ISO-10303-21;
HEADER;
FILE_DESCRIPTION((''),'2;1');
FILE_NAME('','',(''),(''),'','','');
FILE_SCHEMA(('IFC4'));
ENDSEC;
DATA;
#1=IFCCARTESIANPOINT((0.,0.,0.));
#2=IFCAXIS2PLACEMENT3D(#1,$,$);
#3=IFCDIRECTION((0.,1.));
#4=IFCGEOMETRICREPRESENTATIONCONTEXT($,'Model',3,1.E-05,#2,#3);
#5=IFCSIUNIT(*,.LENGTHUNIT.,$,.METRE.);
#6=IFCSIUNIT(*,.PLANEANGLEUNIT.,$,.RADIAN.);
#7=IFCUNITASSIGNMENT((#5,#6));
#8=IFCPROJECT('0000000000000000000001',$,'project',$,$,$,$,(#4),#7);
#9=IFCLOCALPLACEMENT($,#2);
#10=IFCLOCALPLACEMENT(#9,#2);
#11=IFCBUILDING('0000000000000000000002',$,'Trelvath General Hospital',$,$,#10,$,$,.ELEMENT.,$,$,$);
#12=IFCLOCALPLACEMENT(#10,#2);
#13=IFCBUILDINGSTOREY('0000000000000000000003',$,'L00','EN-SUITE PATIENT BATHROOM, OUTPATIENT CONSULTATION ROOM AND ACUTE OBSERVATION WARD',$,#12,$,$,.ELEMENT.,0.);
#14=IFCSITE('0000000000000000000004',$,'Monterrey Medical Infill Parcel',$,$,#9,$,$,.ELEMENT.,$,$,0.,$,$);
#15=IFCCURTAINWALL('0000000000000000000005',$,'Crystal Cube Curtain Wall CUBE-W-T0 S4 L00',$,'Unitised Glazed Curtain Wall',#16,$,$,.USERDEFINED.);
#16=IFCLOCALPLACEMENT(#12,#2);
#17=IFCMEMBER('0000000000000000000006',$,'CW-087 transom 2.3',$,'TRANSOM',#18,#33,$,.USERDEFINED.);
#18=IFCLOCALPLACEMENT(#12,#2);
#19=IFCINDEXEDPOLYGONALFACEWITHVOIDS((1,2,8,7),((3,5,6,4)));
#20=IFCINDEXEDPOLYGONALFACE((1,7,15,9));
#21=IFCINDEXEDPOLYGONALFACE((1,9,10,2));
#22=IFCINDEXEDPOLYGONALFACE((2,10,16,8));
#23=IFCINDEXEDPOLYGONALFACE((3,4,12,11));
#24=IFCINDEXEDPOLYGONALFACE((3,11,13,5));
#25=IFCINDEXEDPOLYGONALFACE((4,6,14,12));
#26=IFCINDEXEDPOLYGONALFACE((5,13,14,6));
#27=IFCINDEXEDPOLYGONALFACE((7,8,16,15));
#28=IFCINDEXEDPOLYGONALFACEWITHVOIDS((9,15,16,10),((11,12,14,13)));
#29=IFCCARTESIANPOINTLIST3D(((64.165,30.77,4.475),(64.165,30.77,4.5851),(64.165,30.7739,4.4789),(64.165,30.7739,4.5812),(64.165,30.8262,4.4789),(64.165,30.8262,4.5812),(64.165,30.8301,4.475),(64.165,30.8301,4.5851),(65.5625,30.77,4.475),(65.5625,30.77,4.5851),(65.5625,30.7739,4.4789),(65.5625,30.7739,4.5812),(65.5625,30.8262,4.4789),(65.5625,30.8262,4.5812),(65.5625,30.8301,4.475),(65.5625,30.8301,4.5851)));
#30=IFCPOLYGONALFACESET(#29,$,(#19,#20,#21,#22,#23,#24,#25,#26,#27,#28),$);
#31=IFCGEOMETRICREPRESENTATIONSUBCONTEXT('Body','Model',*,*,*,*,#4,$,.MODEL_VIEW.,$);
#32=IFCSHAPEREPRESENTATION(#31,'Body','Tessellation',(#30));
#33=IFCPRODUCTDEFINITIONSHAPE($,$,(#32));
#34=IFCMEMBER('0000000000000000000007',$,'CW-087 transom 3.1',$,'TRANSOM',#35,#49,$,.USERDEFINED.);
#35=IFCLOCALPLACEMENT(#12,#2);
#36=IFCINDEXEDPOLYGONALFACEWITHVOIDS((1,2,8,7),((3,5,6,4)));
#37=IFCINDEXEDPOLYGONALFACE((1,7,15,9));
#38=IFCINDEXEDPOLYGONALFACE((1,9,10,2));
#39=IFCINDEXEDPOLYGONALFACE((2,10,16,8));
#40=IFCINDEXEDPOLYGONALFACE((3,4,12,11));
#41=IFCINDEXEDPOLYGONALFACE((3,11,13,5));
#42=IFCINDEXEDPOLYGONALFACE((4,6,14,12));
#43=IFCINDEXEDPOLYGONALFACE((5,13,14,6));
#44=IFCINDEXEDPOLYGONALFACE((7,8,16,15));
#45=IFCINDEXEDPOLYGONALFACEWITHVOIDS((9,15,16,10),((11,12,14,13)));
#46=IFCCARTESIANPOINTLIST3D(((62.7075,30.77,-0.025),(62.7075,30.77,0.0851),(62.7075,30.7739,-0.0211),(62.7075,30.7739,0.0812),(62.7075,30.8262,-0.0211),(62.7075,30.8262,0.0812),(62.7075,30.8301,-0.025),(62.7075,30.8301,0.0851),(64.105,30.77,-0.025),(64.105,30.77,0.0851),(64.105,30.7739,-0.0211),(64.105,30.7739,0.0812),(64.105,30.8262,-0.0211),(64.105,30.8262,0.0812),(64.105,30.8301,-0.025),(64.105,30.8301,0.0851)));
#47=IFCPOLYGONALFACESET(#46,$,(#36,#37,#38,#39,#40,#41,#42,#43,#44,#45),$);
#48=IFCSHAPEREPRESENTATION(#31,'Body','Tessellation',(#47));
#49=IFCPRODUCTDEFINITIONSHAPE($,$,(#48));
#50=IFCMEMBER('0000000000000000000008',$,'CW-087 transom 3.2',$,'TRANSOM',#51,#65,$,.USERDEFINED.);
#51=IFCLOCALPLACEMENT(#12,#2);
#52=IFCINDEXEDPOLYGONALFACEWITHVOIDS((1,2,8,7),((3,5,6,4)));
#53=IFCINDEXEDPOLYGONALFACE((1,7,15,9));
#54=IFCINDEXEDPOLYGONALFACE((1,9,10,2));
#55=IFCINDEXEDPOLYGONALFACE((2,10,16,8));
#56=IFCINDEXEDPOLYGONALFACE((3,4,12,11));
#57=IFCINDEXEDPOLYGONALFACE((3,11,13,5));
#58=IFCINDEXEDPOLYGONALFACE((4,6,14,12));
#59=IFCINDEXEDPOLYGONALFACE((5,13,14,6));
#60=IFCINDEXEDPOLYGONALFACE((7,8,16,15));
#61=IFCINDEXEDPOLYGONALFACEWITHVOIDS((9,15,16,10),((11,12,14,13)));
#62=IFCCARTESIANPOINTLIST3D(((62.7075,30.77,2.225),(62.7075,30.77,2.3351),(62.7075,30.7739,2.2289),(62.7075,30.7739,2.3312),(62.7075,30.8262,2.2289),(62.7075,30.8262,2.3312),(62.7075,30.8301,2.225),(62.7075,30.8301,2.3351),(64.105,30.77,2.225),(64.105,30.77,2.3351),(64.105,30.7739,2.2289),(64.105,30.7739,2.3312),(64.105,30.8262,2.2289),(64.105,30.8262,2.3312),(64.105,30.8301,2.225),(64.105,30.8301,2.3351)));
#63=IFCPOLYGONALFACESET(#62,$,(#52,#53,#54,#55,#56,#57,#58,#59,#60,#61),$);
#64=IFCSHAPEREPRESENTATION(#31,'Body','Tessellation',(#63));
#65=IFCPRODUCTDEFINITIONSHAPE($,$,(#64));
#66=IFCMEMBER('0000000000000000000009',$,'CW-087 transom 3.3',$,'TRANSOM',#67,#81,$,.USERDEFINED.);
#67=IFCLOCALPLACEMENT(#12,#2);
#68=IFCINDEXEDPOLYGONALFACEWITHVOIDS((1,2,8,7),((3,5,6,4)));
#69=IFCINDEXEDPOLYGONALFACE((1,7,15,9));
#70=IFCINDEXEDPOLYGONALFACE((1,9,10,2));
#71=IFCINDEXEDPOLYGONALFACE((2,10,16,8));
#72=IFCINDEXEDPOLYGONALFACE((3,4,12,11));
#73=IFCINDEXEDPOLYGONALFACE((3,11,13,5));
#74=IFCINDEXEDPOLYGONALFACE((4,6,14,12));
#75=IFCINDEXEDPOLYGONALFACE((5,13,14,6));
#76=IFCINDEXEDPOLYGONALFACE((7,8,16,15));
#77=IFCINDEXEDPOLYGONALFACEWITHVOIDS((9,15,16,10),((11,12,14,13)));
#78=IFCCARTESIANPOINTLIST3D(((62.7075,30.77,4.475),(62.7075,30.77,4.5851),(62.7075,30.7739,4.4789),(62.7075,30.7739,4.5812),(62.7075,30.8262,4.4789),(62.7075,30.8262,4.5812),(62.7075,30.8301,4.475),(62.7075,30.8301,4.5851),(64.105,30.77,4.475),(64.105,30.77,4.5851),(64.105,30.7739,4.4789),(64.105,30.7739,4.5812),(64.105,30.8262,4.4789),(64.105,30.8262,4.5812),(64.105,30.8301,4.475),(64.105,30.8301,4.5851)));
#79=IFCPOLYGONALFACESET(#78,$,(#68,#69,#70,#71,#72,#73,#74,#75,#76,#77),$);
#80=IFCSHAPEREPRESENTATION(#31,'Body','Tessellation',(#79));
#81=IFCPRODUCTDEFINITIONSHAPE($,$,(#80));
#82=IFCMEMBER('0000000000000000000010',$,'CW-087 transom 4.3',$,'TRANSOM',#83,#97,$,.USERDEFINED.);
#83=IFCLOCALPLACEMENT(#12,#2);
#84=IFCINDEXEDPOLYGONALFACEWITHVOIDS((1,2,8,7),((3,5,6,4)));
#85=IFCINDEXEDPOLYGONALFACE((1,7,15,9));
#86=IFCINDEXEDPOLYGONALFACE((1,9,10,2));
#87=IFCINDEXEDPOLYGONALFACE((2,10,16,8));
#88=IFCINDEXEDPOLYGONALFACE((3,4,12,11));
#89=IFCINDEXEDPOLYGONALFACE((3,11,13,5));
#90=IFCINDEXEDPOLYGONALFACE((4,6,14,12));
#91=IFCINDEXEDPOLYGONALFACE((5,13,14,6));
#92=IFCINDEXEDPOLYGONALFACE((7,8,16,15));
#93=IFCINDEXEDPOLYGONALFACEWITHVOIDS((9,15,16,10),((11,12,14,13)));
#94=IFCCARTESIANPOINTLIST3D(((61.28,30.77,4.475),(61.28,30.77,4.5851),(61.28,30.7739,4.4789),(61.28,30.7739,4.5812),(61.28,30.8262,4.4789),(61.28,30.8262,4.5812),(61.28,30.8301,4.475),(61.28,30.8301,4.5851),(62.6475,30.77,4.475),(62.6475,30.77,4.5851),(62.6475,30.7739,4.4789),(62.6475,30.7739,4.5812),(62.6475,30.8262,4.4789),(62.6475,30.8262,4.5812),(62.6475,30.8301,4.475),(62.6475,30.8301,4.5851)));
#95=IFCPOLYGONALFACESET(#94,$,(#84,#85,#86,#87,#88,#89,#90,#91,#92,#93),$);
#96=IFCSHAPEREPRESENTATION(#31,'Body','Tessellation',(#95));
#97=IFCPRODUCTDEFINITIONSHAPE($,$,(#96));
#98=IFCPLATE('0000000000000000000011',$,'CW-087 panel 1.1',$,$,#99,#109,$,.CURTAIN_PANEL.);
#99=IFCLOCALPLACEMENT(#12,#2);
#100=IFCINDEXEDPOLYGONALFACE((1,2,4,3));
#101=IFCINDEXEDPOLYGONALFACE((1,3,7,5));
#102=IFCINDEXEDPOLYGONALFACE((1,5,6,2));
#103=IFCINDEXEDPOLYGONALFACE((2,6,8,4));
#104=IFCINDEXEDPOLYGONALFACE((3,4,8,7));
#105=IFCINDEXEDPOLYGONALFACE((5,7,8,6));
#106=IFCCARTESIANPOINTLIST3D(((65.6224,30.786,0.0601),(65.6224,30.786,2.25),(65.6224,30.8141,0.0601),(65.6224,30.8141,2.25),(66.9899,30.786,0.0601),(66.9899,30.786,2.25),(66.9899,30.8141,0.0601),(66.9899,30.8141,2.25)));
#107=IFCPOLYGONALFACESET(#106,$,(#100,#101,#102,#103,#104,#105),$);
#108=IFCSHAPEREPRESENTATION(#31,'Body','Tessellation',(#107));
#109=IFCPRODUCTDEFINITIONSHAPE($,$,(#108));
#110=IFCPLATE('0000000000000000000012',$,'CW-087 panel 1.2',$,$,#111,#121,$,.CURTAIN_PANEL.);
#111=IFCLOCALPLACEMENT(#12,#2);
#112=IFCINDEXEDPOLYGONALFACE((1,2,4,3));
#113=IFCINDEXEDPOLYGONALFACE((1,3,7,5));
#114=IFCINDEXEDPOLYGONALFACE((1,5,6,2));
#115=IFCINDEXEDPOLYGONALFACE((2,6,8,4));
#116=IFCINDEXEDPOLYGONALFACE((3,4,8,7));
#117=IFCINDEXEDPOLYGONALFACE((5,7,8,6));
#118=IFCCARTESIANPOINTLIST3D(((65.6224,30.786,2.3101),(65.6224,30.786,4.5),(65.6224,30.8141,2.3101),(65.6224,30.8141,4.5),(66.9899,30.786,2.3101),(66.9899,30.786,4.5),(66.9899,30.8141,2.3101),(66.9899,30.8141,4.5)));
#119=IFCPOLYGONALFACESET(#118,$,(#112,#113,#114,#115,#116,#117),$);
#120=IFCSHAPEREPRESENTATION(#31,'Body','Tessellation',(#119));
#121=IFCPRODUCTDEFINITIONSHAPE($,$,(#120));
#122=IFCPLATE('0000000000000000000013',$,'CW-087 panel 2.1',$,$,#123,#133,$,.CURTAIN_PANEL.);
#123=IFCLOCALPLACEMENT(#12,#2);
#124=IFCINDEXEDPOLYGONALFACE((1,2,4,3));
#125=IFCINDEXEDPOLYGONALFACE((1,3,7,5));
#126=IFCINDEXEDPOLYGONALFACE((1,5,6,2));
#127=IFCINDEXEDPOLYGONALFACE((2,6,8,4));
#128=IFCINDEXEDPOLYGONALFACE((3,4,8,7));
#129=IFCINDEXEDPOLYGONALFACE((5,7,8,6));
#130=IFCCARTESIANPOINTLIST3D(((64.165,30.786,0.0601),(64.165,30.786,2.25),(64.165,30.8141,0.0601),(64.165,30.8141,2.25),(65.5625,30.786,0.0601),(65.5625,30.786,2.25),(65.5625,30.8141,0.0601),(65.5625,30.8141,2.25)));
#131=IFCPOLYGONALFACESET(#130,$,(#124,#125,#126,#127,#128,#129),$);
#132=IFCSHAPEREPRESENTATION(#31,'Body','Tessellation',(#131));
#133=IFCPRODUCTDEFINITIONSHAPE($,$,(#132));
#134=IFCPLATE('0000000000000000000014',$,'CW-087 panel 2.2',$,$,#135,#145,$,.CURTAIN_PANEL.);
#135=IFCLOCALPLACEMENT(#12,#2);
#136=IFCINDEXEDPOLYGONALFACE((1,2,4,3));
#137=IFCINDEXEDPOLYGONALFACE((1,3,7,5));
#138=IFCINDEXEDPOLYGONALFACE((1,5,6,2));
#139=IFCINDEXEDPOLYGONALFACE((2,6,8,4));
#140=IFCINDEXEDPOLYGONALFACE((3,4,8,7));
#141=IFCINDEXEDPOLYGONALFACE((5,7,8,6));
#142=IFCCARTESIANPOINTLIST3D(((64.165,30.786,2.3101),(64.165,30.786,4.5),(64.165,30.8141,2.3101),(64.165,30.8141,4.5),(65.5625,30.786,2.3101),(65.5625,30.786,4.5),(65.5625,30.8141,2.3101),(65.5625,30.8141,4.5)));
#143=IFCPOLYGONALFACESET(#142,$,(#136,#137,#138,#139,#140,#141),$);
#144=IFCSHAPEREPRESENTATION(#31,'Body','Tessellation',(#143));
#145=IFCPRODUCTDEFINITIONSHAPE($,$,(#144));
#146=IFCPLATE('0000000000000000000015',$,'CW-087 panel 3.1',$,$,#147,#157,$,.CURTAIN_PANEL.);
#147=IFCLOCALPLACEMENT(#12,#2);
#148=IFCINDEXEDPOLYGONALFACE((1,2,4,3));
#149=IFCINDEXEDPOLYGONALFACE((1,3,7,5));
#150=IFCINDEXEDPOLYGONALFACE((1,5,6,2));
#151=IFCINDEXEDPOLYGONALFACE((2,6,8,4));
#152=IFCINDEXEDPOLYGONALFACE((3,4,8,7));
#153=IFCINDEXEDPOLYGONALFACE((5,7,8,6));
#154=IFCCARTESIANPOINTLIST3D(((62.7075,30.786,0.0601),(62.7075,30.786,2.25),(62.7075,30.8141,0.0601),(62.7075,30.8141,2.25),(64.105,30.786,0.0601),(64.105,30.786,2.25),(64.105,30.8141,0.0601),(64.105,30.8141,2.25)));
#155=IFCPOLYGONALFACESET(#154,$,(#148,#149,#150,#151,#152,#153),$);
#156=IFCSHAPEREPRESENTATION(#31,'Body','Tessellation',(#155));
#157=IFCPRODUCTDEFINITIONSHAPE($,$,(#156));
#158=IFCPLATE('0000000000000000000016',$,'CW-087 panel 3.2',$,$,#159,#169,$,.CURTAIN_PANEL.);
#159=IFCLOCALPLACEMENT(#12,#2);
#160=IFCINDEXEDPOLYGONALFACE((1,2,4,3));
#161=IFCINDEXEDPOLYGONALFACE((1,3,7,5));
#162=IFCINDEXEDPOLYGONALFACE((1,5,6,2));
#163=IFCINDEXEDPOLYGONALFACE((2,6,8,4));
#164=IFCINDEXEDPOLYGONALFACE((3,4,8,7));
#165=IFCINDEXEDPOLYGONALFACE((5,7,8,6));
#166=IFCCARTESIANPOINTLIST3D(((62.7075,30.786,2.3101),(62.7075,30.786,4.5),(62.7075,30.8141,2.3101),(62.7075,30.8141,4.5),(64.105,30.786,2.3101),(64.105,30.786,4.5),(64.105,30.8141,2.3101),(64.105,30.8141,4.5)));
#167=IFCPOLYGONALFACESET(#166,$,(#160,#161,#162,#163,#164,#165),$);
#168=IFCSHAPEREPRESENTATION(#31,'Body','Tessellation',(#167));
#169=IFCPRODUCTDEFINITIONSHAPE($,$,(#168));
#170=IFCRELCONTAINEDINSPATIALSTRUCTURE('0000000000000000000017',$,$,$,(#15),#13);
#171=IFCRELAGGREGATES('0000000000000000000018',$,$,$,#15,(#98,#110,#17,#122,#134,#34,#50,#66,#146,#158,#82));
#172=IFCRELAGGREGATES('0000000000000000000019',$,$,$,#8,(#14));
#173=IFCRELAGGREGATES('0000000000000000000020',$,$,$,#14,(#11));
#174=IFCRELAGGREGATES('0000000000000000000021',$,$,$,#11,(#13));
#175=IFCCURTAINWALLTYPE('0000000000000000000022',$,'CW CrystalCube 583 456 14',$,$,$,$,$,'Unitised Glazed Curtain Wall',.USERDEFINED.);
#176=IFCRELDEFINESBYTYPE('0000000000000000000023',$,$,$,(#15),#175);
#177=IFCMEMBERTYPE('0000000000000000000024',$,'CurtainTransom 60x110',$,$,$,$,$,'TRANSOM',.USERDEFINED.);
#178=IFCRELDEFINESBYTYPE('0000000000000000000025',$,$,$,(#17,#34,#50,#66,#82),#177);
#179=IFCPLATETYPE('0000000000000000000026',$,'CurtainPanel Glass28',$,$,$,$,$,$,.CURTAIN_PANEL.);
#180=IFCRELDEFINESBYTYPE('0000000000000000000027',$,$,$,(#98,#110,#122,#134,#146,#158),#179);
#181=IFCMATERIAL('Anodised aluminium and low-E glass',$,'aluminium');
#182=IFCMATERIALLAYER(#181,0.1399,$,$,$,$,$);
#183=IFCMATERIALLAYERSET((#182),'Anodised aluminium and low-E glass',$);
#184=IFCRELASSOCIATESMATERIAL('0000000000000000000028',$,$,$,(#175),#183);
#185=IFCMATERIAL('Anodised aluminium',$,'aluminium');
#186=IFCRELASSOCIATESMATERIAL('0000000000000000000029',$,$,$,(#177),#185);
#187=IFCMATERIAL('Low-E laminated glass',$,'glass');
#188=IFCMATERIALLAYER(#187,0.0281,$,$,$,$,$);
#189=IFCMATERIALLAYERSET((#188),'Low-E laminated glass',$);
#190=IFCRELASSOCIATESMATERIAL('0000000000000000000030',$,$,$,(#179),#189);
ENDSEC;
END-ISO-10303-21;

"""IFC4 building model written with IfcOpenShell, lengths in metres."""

from ifc_helpers import new_model, si_unit, direction, frame, origin, origin_2d, place, context, subcontext, project, spatial, rectangle, hollow_rectangle, extrude, material, layer, layer_set, material_profile, profile_set, type_object, element, aggregate, save


model = new_model("IFC4")

# Units and contexts
model_context = context("Model", 3, precision=1e-05, world=origin(), true_north=direction((0.0, 1.0)))
body_context = subcontext(model_context, "Body", "Model", "MODEL_VIEW")
ifc_project = project(units=[si_unit("LENGTHUNIT", "METRE"), si_unit("PLANEANGLEUNIT", "RADIAN")], contexts=[model_context])

# Site, building, storey
site_placement = place(None, origin())
site = spatial("IfcSite", under=ifc_project, at=site_placement, Name="Monterrey Medical Infill Parcel", CompositionType="ELEMENT", RefElevation=0.0)
building_placement = place(site_placement, origin())
building = spatial("IfcBuilding", under=site, at=building_placement, Name="Trelvath General Hospital", CompositionType="ELEMENT")
storey_placement = place(building_placement, origin())
storey = spatial("IfcBuildingStorey", under=building, at=storey_placement, Name="L00", Description="EN-SUITE PATIENT BATHROOM, OUTPATIENT CONSULTATION ROOM AND ACUTE OBSERVATION WARD", CompositionType="ELEMENT", Elevation=0.0)

# Curtain wall, members, plates
ifc_material_1 = material(Name="Anodised aluminium and low-E glass", Category="aluminium")
ifc_layer_1 = layer(ifc_material_1, 0.1399)
ifc_layer_set_1 = layer_set([ifc_layer_1], Name="Anodised aluminium and low-E glass")
curtain_wall_type = type_object("IfcCurtainWallType", Name="CW CrystalCube 583 456 14", ElementType="Unitised Glazed Curtain Wall", PredefinedType="USERDEFINED", material=ifc_layer_set_1)
curtain_wall_placement = place(storey_placement, origin())
curtain_wall = element("IfcCurtainWall", 1, at=curtain_wall_placement, inside=storey, type_object=curtain_wall_type, Name="Crystal Cube Curtain Wall CUBE-W-T0 S4 L00", ObjectType="Unitised Glazed Curtain Wall", PredefinedType="USERDEFINED")
ifc_material_2 = material(Name="Anodised aluminium", Category="aluminium")
ifc_material_profile_1 = material_profile(ifc_material_2, hollow_rectangle(XDim=0.0601, YDim=0.1101, WallThickness=0.0039, at=origin_2d()), Name="RHS60x110x4")
ifc_profile_set_1 = profile_set([ifc_material_profile_1], Name="Anodised aluminium")
member_type_1 = type_object("IfcMemberType", Name="CurtainTransom 60x110", ElementType="TRANSOM", PredefinedType="USERDEFINED", material=ifc_profile_set_1)
member_1_placement = place(storey_placement, frame((65.5625, 30.8, 4.53), z_axis=(-1.0, 0.0, 0.0), x_axis=(0.0, -1.0, 0.0)))
member_1 = element("IfcMember", 2, at=member_1_placement, type_object=member_type_1, Name="CW-087 transom 2.3", ObjectType="TRANSOM", PredefinedType="USERDEFINED", context=body_context, shape_type="SweptSolid", body=[
    extrude(hollow_rectangle(XDim=0.0601, YDim=0.1101, WallThickness=0.0039, at=origin_2d()), origin(), (0.0, 0.0, 1.0), 1.3975),
])
member_2_placement = place(storey_placement, frame((64.105, 30.8, 0.03), z_axis=(-1.0, 0.0, 0.0), x_axis=(0.0, -1.0, 0.0)))
member_2 = element("IfcMember", 3, at=member_2_placement, type_object=member_type_1, Name="CW-087 transom 3.1", ObjectType="TRANSOM", PredefinedType="USERDEFINED", context=body_context, shape_type="SweptSolid", body=[
    extrude(hollow_rectangle(XDim=0.0601, YDim=0.1101, WallThickness=0.0039, at=origin_2d()), origin(), (0.0, 0.0, 1.0), 1.3975),
])
member_3_placement = place(storey_placement, frame((64.105, 30.8, 2.28), z_axis=(-1.0, 0.0, 0.0), x_axis=(0.0, -1.0, 0.0)))
member_3 = element("IfcMember", 4, at=member_3_placement, type_object=member_type_1, Name="CW-087 transom 3.2", ObjectType="TRANSOM", PredefinedType="USERDEFINED", context=body_context, shape_type="SweptSolid", body=[
    extrude(hollow_rectangle(XDim=0.0601, YDim=0.1101, WallThickness=0.0039, at=origin_2d()), origin(), (0.0, 0.0, 1.0), 1.3975),
])
member_4_placement = place(storey_placement, frame((64.105, 30.8, 4.53), z_axis=(-1.0, 0.0, 0.0), x_axis=(0.0, -1.0, 0.0)))
member_4 = element("IfcMember", 5, at=member_4_placement, type_object=member_type_1, Name="CW-087 transom 3.3", ObjectType="TRANSOM", PredefinedType="USERDEFINED", context=body_context, shape_type="SweptSolid", body=[
    extrude(hollow_rectangle(XDim=0.0601, YDim=0.1101, WallThickness=0.0039, at=origin_2d()), origin(), (0.0, 0.0, 1.0), 1.3975),
])
member_5_placement = place(storey_placement, frame((62.6475, 30.8, 4.53), z_axis=(-1.0, 0.0, 0.0), x_axis=(0.0, -1.0, 0.0)))
member_5 = element("IfcMember", 6, at=member_5_placement, type_object=member_type_1, Name="CW-087 transom 4.3", ObjectType="TRANSOM", PredefinedType="USERDEFINED", context=body_context, shape_type="SweptSolid", body=[
    extrude(hollow_rectangle(XDim=0.0601, YDim=0.1101, WallThickness=0.0039, at=origin_2d()), origin(), (0.0, 0.0, 1.0), 1.3674),
])
ifc_material_3 = material(Name="Low-E laminated glass", Category="glass")
ifc_layer_2 = layer(ifc_material_3, 0.0281)
ifc_layer_set_2 = layer_set([ifc_layer_2], Name="Low-E laminated glass")
plate_type = type_object("IfcPlateType", Name="CurtainPanel Glass28", PredefinedType="CURTAIN_PANEL", material=ifc_layer_set_2)
plate_1_placement = place(storey_placement, frame((66.3062, 30.8, 0.0601), z_axis=(0.0, 0.0, 1.0), x_axis=(-1.0, 0.0, 0.0)))
plate_1 = element("IfcPlate", 7, at=plate_1_placement, type_object=plate_type, Name="CW-087 panel 1.1", PredefinedType="CURTAIN_PANEL", context=body_context, shape_type="SweptSolid", body=[
    extrude(rectangle(XDim=1.3674, YDim=0.0281, at=origin_2d()), origin(), (0.0, 0.0, 1.0), 2.1899),
])
plate_2_placement = place(storey_placement, frame((66.3062, 30.8, 2.3101), z_axis=(0.0, 0.0, 1.0), x_axis=(-1.0, 0.0, 0.0)))
plate_2 = element("IfcPlate", 8, at=plate_2_placement, type_object=plate_type, Name="CW-087 panel 1.2", PredefinedType="CURTAIN_PANEL", context=body_context, shape_type="SweptSolid", body=[
    extrude(rectangle(XDim=1.3674, YDim=0.0281, at=origin_2d()), origin(), (0.0, 0.0, 1.0), 2.1899),
])
plate_3_placement = place(storey_placement, frame((64.8638, 30.8, 0.0601), z_axis=(0.0, 0.0, 1.0), x_axis=(-1.0, 0.0, 0.0)))
plate_3 = element("IfcPlate", 9, at=plate_3_placement, type_object=plate_type, Name="CW-087 panel 2.1", PredefinedType="CURTAIN_PANEL", context=body_context, shape_type="SweptSolid", body=[
    extrude(rectangle(XDim=1.3975, YDim=0.0281, at=origin_2d()), origin(), (0.0, 0.0, 1.0), 2.1899),
])
plate_4_placement = place(storey_placement, frame((64.8638, 30.8, 2.3101), z_axis=(0.0, 0.0, 1.0), x_axis=(-1.0, 0.0, 0.0)))
plate_4 = element("IfcPlate", 10, at=plate_4_placement, type_object=plate_type, Name="CW-087 panel 2.2", PredefinedType="CURTAIN_PANEL", context=body_context, shape_type="SweptSolid", body=[
    extrude(rectangle(XDim=1.3975, YDim=0.0281, at=origin_2d()), origin(), (0.0, 0.0, 1.0), 2.1899),
])
plate_5_placement = place(storey_placement, frame((63.4062, 30.8, 0.0601), z_axis=(0.0, 0.0, 1.0), x_axis=(-1.0, 0.0, 0.0)))
plate_5 = element("IfcPlate", 11, at=plate_5_placement, type_object=plate_type, Name="CW-087 panel 3.1", PredefinedType="CURTAIN_PANEL", context=body_context, shape_type="SweptSolid", body=[
    extrude(rectangle(XDim=1.3975, YDim=0.0281, at=origin_2d()), origin(), (0.0, 0.0, 1.0), 2.1899),
])
plate_6_placement = place(storey_placement, frame((63.4062, 30.8, 2.3101), z_axis=(0.0, 0.0, 1.0), x_axis=(-1.0, 0.0, 0.0)))
plate_6 = element("IfcPlate", 12, at=plate_6_placement, type_object=plate_type, Name="CW-087 panel 3.2", PredefinedType="CURTAIN_PANEL", context=body_context, shape_type="SweptSolid", body=[
    extrude(rectangle(XDim=1.3975, YDim=0.0281, at=origin_2d()), origin(), (0.0, 0.0, 1.0), 2.1899),
])
aggregate(curtain_wall, [plate_1, plate_2, member_1, plate_3, plate_4, member_2, member_3, member_4, plate_5, plate_6, member_5])

save(model, "model.ifc")
